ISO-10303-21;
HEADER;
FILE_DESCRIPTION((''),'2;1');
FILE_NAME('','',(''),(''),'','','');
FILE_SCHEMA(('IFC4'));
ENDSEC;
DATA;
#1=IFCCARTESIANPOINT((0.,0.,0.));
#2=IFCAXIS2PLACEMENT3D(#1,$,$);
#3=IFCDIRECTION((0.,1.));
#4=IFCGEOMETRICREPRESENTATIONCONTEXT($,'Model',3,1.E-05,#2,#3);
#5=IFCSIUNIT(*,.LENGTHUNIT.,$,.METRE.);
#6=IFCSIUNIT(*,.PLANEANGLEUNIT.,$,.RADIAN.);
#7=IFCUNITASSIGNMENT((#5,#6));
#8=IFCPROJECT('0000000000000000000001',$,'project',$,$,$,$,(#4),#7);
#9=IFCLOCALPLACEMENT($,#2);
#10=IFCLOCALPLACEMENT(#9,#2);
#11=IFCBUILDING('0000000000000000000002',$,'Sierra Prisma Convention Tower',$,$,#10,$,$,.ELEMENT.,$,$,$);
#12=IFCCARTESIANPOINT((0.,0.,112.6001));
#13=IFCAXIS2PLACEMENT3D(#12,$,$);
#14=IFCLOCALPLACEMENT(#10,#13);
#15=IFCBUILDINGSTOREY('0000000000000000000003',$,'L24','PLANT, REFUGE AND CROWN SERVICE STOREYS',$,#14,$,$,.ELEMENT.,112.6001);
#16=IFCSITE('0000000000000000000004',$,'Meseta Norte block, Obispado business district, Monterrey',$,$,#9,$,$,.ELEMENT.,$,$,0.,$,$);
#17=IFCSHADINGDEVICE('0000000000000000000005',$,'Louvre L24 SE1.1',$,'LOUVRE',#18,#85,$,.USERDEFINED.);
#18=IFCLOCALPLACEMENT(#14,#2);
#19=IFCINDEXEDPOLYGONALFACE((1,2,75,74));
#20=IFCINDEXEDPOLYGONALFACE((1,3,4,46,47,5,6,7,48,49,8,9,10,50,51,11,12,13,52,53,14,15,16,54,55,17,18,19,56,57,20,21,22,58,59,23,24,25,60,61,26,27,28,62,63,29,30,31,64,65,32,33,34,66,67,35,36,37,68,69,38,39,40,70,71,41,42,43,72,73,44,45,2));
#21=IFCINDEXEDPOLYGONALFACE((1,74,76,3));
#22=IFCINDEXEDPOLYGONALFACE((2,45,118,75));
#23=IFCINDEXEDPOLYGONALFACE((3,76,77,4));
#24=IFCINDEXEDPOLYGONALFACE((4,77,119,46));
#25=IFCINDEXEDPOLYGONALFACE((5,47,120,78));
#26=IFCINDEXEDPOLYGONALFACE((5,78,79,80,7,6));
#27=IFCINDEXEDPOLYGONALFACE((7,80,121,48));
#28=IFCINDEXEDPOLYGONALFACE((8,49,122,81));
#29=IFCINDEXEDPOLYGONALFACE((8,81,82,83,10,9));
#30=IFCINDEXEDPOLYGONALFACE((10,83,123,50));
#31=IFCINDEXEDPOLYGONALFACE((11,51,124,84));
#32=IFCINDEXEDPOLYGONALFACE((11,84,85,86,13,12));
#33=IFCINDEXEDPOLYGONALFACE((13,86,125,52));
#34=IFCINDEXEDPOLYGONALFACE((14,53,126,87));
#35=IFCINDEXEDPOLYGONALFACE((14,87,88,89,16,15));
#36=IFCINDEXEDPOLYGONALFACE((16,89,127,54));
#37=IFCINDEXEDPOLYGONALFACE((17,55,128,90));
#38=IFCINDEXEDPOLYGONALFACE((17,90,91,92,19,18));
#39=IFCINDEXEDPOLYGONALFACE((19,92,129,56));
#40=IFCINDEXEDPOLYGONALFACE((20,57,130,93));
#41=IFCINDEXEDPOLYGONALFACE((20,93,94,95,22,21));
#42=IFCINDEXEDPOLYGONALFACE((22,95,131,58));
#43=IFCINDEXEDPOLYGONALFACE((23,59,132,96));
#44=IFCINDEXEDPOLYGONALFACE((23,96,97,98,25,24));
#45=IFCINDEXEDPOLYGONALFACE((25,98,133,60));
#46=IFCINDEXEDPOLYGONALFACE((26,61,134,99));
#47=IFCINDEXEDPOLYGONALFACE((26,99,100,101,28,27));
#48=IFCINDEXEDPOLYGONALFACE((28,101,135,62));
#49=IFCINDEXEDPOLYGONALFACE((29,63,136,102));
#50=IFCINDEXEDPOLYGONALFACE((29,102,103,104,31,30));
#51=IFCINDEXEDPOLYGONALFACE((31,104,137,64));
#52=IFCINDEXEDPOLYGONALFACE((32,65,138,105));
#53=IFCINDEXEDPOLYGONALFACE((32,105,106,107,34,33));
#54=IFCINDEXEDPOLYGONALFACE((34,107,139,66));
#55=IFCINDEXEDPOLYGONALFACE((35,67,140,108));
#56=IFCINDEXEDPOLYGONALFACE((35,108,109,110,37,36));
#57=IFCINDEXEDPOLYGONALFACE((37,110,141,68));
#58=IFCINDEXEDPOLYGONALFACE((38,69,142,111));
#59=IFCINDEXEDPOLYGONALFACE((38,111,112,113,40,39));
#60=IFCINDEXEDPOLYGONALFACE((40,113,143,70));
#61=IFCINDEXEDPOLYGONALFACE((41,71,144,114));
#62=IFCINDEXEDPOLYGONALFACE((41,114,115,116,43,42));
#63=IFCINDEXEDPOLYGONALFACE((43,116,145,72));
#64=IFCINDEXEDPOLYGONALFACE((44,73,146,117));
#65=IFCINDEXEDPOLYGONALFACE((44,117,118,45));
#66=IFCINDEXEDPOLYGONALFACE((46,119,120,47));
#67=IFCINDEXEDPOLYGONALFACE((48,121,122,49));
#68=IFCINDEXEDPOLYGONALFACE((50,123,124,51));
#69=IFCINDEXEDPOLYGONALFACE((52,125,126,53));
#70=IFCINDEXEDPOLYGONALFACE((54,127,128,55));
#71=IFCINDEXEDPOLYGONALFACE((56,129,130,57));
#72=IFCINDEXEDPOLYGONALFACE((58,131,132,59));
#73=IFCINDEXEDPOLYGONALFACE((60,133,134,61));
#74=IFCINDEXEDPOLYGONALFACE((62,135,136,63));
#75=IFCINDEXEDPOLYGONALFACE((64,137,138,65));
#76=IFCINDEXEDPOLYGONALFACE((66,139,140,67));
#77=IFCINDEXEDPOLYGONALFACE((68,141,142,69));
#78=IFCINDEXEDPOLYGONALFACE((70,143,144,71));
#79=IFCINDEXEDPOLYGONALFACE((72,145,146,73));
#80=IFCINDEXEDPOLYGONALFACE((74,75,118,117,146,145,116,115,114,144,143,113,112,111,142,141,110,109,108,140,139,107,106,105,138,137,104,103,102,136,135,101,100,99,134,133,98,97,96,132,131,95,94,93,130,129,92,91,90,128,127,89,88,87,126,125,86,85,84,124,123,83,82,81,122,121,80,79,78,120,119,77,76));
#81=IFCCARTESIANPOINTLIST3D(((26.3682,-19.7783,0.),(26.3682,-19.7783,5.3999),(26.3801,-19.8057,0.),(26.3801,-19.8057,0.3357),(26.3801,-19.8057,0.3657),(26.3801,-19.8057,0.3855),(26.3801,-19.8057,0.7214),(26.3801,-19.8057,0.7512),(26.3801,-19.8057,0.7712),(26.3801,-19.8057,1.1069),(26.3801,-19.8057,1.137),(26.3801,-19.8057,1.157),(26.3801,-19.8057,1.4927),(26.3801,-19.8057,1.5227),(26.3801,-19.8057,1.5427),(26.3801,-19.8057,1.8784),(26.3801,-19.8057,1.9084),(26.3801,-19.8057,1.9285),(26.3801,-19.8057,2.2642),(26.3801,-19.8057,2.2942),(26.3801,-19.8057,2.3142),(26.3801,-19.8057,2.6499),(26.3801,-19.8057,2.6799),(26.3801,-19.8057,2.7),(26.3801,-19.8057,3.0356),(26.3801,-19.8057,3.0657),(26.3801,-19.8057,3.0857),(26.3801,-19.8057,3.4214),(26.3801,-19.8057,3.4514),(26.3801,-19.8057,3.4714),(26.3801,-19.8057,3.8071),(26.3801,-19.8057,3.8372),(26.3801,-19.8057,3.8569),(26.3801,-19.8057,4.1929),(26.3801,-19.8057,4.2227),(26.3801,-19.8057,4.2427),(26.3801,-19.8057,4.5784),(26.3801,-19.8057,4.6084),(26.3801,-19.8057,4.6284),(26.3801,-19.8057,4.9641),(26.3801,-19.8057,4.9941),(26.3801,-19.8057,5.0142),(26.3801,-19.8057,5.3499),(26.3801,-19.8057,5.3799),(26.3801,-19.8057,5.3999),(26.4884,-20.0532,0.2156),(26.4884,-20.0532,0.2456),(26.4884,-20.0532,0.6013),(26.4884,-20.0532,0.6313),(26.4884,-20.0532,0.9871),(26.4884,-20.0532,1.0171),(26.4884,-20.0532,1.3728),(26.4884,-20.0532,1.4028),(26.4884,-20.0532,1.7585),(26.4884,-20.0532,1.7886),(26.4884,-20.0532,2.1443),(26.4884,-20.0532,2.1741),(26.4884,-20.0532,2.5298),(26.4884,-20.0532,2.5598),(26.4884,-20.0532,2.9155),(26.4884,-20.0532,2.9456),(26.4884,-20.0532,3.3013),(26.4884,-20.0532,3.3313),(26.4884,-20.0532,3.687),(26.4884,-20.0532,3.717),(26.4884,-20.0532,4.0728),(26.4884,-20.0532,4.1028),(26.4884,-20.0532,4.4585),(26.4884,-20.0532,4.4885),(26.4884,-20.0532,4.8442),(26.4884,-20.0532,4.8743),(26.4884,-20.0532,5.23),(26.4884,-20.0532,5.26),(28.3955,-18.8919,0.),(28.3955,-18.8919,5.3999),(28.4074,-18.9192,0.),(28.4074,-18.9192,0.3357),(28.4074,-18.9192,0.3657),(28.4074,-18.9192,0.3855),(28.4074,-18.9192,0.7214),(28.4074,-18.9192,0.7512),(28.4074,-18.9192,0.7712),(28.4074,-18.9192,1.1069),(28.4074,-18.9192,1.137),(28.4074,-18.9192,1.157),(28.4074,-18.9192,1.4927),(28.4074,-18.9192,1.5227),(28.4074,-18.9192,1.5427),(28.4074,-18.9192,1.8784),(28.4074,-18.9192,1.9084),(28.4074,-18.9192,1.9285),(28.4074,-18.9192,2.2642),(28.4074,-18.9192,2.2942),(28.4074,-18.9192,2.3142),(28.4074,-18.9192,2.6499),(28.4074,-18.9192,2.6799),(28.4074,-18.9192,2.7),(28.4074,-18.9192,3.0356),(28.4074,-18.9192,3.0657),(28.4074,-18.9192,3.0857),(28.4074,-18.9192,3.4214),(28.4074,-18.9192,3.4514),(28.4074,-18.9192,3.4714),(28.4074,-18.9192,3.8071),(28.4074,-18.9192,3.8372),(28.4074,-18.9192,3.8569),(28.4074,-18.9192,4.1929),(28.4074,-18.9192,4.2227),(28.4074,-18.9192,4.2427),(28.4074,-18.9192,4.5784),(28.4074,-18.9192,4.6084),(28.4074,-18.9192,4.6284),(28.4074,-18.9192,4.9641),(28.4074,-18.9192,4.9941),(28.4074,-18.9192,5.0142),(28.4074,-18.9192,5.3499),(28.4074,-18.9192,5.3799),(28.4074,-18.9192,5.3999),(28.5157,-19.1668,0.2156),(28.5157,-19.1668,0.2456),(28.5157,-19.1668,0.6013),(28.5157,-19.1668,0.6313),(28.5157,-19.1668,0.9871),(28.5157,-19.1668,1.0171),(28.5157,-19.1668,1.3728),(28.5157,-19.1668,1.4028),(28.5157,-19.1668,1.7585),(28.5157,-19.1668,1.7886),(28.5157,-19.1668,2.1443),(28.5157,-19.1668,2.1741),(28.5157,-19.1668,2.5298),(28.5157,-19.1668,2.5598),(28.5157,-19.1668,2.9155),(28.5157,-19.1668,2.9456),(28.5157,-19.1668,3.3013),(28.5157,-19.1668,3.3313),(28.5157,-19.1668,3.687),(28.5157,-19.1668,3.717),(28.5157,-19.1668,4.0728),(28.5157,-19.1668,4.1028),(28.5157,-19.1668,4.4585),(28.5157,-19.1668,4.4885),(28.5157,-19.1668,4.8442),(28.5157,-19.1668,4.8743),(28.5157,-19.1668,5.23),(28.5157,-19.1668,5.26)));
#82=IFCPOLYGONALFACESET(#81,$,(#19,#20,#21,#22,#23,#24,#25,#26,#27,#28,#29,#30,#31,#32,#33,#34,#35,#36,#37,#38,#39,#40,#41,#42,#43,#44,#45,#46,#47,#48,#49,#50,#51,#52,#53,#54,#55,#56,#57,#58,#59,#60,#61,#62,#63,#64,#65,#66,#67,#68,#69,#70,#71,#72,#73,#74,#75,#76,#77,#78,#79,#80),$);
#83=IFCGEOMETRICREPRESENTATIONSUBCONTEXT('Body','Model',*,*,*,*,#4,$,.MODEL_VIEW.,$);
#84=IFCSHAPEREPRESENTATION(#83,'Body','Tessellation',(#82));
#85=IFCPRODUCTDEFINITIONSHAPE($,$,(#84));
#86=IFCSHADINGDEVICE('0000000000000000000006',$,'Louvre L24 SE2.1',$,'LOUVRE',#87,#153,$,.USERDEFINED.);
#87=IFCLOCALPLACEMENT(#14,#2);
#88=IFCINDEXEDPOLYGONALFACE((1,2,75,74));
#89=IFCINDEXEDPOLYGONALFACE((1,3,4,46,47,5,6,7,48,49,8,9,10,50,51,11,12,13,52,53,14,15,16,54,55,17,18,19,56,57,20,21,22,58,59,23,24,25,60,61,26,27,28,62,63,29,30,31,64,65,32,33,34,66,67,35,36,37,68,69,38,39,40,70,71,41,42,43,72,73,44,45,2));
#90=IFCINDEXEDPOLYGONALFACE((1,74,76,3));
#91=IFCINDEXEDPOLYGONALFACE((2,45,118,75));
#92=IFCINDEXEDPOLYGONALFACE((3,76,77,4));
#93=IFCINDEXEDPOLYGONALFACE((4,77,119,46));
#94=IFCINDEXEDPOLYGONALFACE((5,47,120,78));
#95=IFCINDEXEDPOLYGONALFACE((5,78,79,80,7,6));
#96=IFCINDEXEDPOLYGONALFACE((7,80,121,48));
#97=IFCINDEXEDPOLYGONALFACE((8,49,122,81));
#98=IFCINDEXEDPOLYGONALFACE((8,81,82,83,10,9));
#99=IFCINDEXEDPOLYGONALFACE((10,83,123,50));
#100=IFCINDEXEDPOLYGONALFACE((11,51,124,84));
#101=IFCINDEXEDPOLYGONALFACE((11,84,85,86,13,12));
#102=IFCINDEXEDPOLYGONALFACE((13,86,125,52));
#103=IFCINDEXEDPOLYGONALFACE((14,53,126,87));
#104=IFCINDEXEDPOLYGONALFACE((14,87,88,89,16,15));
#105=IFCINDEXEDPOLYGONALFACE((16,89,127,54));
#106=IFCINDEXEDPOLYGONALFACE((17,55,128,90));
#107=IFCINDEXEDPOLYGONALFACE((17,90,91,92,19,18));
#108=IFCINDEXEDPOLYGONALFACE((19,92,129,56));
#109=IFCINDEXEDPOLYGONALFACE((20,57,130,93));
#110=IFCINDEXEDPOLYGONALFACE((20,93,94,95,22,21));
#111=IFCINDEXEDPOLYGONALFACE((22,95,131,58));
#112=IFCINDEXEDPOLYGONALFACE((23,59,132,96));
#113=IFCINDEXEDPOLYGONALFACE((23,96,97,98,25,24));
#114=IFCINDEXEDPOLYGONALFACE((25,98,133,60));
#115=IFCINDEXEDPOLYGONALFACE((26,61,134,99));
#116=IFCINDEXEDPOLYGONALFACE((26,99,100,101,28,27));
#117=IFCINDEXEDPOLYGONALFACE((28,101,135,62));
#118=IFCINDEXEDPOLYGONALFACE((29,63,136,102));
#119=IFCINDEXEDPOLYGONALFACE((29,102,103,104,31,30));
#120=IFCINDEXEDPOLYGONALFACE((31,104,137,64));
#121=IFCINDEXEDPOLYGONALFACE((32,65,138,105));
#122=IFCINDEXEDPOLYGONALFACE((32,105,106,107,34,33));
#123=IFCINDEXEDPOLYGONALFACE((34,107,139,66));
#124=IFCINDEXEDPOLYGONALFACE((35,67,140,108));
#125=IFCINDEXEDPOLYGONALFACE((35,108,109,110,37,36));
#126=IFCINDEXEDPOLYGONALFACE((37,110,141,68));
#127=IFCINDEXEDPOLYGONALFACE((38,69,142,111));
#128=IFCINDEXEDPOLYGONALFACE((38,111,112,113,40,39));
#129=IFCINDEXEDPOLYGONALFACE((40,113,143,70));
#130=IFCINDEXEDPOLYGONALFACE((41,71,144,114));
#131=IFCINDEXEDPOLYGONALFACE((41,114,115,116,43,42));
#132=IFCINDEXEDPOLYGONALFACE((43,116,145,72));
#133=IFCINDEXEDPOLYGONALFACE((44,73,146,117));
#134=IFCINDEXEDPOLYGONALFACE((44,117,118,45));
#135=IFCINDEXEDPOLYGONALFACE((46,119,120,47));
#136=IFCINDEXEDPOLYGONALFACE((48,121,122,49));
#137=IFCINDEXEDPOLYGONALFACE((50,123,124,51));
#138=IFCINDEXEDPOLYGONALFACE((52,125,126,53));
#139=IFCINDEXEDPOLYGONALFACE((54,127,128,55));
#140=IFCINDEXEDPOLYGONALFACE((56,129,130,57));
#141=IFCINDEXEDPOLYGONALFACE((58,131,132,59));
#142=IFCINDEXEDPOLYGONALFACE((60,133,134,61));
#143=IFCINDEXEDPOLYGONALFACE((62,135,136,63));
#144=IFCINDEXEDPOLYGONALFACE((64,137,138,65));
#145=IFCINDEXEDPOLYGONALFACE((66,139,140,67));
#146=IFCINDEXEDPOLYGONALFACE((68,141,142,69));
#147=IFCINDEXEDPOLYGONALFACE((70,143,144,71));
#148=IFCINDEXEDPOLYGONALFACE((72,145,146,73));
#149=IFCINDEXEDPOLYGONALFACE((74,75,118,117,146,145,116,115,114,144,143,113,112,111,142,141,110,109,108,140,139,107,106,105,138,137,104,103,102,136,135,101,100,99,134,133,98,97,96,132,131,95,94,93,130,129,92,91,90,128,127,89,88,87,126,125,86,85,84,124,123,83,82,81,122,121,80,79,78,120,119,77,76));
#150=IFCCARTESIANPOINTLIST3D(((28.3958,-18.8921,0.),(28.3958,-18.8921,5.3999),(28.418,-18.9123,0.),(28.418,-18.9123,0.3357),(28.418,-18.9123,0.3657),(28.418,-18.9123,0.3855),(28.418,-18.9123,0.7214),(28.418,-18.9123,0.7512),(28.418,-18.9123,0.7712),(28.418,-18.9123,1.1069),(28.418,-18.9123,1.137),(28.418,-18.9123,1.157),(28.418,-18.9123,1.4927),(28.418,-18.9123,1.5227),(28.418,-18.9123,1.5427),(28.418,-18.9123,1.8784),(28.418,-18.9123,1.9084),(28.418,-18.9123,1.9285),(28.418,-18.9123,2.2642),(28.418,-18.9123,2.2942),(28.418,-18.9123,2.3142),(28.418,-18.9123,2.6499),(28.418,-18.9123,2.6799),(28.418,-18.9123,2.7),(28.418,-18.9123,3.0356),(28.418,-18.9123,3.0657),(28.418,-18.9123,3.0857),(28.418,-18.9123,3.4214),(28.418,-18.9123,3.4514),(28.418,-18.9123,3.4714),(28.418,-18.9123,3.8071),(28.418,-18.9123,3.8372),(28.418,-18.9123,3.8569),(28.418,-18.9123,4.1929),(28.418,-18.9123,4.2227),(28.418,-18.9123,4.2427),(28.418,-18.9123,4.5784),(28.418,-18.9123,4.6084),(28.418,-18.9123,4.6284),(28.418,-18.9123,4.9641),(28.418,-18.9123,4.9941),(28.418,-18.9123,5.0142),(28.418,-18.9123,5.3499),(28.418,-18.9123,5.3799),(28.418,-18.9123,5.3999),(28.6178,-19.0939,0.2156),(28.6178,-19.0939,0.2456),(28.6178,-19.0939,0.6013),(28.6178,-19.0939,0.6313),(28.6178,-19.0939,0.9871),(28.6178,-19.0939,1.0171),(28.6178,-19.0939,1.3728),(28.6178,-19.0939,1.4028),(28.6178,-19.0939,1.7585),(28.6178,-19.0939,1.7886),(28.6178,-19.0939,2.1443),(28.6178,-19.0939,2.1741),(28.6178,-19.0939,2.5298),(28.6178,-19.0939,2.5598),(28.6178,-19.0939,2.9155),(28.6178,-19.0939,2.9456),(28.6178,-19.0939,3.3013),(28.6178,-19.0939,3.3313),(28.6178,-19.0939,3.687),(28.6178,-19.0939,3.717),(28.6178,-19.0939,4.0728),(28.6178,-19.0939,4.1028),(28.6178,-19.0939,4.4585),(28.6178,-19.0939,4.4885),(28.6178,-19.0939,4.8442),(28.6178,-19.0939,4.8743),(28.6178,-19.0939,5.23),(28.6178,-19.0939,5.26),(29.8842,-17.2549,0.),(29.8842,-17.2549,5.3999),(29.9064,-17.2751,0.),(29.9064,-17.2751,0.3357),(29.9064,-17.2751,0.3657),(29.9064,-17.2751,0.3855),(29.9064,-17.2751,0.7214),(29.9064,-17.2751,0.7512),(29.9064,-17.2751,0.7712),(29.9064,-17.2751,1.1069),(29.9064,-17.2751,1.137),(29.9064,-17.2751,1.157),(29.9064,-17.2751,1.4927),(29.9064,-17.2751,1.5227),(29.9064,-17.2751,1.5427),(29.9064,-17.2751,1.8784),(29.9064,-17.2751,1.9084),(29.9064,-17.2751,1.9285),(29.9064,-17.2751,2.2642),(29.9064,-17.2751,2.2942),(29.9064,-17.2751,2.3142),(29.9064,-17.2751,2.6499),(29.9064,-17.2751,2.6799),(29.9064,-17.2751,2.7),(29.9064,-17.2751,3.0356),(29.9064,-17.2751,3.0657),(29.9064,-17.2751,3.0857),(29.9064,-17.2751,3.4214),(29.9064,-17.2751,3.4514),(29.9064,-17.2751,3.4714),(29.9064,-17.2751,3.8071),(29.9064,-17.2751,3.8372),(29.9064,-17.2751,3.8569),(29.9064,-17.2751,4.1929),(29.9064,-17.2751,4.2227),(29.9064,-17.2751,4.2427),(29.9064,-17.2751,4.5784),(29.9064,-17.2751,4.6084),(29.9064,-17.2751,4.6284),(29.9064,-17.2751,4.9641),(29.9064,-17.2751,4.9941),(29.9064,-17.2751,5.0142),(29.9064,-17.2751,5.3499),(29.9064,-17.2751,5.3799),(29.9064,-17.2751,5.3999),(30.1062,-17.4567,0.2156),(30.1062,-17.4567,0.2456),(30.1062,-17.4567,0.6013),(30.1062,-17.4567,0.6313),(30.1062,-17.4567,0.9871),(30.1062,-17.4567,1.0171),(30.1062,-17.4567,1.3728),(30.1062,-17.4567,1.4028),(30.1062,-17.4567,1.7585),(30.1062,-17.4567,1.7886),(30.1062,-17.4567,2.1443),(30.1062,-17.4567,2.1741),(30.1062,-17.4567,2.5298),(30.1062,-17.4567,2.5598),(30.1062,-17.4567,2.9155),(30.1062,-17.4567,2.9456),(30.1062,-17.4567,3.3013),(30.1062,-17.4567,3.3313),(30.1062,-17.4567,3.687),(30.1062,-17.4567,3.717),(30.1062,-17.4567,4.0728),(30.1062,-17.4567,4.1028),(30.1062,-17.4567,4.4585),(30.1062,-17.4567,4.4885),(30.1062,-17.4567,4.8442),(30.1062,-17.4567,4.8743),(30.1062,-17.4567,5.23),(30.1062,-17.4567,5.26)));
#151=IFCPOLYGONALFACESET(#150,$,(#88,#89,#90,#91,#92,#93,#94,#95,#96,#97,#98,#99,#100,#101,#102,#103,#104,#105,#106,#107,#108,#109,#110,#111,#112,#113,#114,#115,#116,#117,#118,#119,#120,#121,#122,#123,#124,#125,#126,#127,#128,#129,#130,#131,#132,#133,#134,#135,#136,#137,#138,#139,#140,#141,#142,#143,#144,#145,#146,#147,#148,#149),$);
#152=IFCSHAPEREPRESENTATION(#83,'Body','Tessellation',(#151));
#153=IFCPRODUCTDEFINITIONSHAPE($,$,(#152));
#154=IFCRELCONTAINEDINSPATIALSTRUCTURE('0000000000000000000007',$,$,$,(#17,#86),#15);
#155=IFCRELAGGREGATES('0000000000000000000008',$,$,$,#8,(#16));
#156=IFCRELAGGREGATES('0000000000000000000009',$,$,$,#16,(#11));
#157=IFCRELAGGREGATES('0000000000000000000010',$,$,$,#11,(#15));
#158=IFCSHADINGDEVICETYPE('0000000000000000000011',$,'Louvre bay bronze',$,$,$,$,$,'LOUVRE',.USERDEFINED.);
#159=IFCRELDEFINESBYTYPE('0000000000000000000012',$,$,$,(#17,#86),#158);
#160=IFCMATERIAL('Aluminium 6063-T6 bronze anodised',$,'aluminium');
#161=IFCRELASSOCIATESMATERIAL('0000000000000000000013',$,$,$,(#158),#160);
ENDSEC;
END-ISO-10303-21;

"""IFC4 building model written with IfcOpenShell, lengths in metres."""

from ifc_helpers import new_model, si_unit, direction, frame, origin, place, context, subcontext, project, spatial, polyline, outline, extrude, material, type_object, element, save


model = new_model("IFC4")

# Units and contexts
model_context = context("Model", 3, precision=1e-05, world=origin(), true_north=direction((0.0, 1.0)))
body_context = subcontext(model_context, "Body", "Model", "MODEL_VIEW")
ifc_project = project(units=[si_unit("LENGTHUNIT", "METRE"), si_unit("PLANEANGLEUNIT", "RADIAN")], contexts=[model_context])

# Site, building, storey
site_placement = place(None, origin())
site = spatial("IfcSite", under=ifc_project, at=site_placement, Name="Meseta Norte block, Obispado business district, Monterrey", CompositionType="ELEMENT", RefElevation=0.0)
building_placement = place(site_placement, origin())
building = spatial("IfcBuilding", under=site, at=building_placement, Name="Sierra Prisma Convention Tower", CompositionType="ELEMENT")
storey_placement = place(building_placement, frame((0.0, 0.0, 112.6001)))
storey = spatial("IfcBuildingStorey", under=building, at=storey_placement, Name="L24", Description="PLANT, REFUGE AND CROWN SERVICE STOREYS", CompositionType="ELEMENT", Elevation=112.6001)

# Shading devices
ifc_material_1 = material(Name="Aluminium 6063-T6 bronze anodised", Category="aluminium")
shading_device_type = type_object("IfcShadingDeviceType", Name="Louvre bay bronze", ElementType="LOUVRE", PredefinedType="USERDEFINED", material=ifc_material_1)
shading_device_1_placement = place(storey_placement, frame((26.3682, -19.7783, 0.0), z_axis=(-0.916243, -0.400623, 0.0), x_axis=(0.0, 0.0, 1.0)))
element("IfcShadingDevice", 1, at=shading_device_1_placement, inside=storey, type_object=shading_device_type, Name="Louvre L24 SE1.1", ObjectType="LOUVRE", PredefinedType="USERDEFINED", context=body_context, shape_type="SweptSolid", body=[
    extrude(outline(polyline([(0.0, 0.0), (5.3999, 0.0), (5.3999, -0.0298), (5.3799, -0.0298), (5.26, -0.3), (5.23, -0.3), (5.3499, -0.0298), (5.0142, -0.0298), (4.9941, -0.0298), (4.8743, -0.3), (4.8442, -0.3), (4.9641, -0.0298), (4.6284, -0.0298), (4.6084, -0.0298), (4.4885, -0.3), (4.4585, -0.3), (4.5784, -0.0298), (4.2427, -0.0298), (4.2227, -0.0298), (4.1028, -0.3), (4.0728, -0.3), (4.1929, -0.0298), (3.8569, -0.0298), (3.8372, -0.0298), (3.717, -0.3), (3.687, -0.3), (3.8071, -0.0298), (3.4714, -0.0298), (3.4514, -0.0298), (3.3313, -0.3), (3.3013, -0.3), (3.4214, -0.0298), (3.0857, -0.0298), (3.0657, -0.0298), (2.9456, -0.3), (2.9155, -0.3), (3.0356, -0.0298), (2.7, -0.0298), (2.6799, -0.0298), (2.5598, -0.3), (2.5298, -0.3), (2.6499, -0.0298), (2.3142, -0.0298), (2.2942, -0.0298), (2.1741, -0.3), (2.1443, -0.3), (2.2642, -0.0298), (1.9285, -0.0298), (1.9084, -0.0298), (1.7886, -0.3), (1.7585, -0.3), (1.8784, -0.0298), (1.5427, -0.0298), (1.5227, -0.0298), (1.4028, -0.3), (1.3728, -0.3), (1.4927, -0.0298), (1.157, -0.0298), (1.137, -0.0298), (1.0171, -0.3), (0.9871, -0.3), (1.1069, -0.0298), (0.7712, -0.0298), (0.7512, -0.0298), (0.6313, -0.3), (0.6013, -0.3), (0.7214, -0.0298), (0.3855, -0.0298), (0.3657, -0.0298), (0.2456, -0.3), (0.2156, -0.3), (0.3357, -0.0298), (0.0, -0.0298), (0.0, 0.0)])), origin(), (0.0, 0.0, -1.0), 2.2126),
])
shading_device_2_placement = place(storey_placement, frame((28.3958, -18.8921, 0.0), z_axis=(-0.672683, -0.739931, 0.0), x_axis=(0.0, 0.0, 1.0)))
element("IfcShadingDevice", 2, at=shading_device_2_placement, inside=storey, type_object=shading_device_type, Name="Louvre L24 SE2.1", ObjectType="LOUVRE", PredefinedType="USERDEFINED", context=body_context, shape_type="SweptSolid", body=[
    extrude(outline(polyline([(0.0, 0.0), (5.3999, 0.0), (5.3999, -0.0301), (5.3799, -0.0301), (5.26, -0.3001), (5.23, -0.3001), (5.3499, -0.0301), (5.0142, -0.0301), (4.9941, -0.0301), (4.8743, -0.3001), (4.8442, -0.3001), (4.9641, -0.0301), (4.6284, -0.0301), (4.6084, -0.0301), (4.4885, -0.3001), (4.4585, -0.3001), (4.5784, -0.0301), (4.2427, -0.0301), (4.2227, -0.0301), (4.1028, -0.3001), (4.0728, -0.3001), (4.1929, -0.0301), (3.8569, -0.0301), (3.8372, -0.0301), (3.717, -0.3001), (3.687, -0.3001), (3.8071, -0.0301), (3.4714, -0.0301), (3.4514, -0.0301), (3.3313, -0.3001), (3.3013, -0.3001), (3.4214, -0.0301), (3.0857, -0.0301), (3.0657, -0.0301), (2.9456, -0.3001), (2.9155, -0.3001), (3.0356, -0.0301), (2.7, -0.0301), (2.6799, -0.0301), (2.5598, -0.3001), (2.5298, -0.3001), (2.6499, -0.0301), (2.3142, -0.0301), (2.2942, -0.0301), (2.1741, -0.3001), (2.1443, -0.3001), (2.2642, -0.0301), (1.9285, -0.0301), (1.9084, -0.0301), (1.7886, -0.3001), (1.7585, -0.3001), (1.8784, -0.0301), (1.5427, -0.0301), (1.5227, -0.0301), (1.4028, -0.3001), (1.3728, -0.3001), (1.4927, -0.0301), (1.157, -0.0301), (1.137, -0.0301), (1.0171, -0.3001), (0.9871, -0.3001), (1.1069, -0.0301), (0.7712, -0.0301), (0.7512, -0.0301), (0.6313, -0.3001), (0.6013, -0.3001), (0.7214, -0.0301), (0.3855, -0.0301), (0.3657, -0.0301), (0.2456, -0.3001), (0.2156, -0.3001), (0.3357, -0.0301), (0.0, -0.0301), (0.0, 0.0)])), origin(), (0.0, 0.0, -1.0), 2.2126),
])

save(model, "model.ifc")
